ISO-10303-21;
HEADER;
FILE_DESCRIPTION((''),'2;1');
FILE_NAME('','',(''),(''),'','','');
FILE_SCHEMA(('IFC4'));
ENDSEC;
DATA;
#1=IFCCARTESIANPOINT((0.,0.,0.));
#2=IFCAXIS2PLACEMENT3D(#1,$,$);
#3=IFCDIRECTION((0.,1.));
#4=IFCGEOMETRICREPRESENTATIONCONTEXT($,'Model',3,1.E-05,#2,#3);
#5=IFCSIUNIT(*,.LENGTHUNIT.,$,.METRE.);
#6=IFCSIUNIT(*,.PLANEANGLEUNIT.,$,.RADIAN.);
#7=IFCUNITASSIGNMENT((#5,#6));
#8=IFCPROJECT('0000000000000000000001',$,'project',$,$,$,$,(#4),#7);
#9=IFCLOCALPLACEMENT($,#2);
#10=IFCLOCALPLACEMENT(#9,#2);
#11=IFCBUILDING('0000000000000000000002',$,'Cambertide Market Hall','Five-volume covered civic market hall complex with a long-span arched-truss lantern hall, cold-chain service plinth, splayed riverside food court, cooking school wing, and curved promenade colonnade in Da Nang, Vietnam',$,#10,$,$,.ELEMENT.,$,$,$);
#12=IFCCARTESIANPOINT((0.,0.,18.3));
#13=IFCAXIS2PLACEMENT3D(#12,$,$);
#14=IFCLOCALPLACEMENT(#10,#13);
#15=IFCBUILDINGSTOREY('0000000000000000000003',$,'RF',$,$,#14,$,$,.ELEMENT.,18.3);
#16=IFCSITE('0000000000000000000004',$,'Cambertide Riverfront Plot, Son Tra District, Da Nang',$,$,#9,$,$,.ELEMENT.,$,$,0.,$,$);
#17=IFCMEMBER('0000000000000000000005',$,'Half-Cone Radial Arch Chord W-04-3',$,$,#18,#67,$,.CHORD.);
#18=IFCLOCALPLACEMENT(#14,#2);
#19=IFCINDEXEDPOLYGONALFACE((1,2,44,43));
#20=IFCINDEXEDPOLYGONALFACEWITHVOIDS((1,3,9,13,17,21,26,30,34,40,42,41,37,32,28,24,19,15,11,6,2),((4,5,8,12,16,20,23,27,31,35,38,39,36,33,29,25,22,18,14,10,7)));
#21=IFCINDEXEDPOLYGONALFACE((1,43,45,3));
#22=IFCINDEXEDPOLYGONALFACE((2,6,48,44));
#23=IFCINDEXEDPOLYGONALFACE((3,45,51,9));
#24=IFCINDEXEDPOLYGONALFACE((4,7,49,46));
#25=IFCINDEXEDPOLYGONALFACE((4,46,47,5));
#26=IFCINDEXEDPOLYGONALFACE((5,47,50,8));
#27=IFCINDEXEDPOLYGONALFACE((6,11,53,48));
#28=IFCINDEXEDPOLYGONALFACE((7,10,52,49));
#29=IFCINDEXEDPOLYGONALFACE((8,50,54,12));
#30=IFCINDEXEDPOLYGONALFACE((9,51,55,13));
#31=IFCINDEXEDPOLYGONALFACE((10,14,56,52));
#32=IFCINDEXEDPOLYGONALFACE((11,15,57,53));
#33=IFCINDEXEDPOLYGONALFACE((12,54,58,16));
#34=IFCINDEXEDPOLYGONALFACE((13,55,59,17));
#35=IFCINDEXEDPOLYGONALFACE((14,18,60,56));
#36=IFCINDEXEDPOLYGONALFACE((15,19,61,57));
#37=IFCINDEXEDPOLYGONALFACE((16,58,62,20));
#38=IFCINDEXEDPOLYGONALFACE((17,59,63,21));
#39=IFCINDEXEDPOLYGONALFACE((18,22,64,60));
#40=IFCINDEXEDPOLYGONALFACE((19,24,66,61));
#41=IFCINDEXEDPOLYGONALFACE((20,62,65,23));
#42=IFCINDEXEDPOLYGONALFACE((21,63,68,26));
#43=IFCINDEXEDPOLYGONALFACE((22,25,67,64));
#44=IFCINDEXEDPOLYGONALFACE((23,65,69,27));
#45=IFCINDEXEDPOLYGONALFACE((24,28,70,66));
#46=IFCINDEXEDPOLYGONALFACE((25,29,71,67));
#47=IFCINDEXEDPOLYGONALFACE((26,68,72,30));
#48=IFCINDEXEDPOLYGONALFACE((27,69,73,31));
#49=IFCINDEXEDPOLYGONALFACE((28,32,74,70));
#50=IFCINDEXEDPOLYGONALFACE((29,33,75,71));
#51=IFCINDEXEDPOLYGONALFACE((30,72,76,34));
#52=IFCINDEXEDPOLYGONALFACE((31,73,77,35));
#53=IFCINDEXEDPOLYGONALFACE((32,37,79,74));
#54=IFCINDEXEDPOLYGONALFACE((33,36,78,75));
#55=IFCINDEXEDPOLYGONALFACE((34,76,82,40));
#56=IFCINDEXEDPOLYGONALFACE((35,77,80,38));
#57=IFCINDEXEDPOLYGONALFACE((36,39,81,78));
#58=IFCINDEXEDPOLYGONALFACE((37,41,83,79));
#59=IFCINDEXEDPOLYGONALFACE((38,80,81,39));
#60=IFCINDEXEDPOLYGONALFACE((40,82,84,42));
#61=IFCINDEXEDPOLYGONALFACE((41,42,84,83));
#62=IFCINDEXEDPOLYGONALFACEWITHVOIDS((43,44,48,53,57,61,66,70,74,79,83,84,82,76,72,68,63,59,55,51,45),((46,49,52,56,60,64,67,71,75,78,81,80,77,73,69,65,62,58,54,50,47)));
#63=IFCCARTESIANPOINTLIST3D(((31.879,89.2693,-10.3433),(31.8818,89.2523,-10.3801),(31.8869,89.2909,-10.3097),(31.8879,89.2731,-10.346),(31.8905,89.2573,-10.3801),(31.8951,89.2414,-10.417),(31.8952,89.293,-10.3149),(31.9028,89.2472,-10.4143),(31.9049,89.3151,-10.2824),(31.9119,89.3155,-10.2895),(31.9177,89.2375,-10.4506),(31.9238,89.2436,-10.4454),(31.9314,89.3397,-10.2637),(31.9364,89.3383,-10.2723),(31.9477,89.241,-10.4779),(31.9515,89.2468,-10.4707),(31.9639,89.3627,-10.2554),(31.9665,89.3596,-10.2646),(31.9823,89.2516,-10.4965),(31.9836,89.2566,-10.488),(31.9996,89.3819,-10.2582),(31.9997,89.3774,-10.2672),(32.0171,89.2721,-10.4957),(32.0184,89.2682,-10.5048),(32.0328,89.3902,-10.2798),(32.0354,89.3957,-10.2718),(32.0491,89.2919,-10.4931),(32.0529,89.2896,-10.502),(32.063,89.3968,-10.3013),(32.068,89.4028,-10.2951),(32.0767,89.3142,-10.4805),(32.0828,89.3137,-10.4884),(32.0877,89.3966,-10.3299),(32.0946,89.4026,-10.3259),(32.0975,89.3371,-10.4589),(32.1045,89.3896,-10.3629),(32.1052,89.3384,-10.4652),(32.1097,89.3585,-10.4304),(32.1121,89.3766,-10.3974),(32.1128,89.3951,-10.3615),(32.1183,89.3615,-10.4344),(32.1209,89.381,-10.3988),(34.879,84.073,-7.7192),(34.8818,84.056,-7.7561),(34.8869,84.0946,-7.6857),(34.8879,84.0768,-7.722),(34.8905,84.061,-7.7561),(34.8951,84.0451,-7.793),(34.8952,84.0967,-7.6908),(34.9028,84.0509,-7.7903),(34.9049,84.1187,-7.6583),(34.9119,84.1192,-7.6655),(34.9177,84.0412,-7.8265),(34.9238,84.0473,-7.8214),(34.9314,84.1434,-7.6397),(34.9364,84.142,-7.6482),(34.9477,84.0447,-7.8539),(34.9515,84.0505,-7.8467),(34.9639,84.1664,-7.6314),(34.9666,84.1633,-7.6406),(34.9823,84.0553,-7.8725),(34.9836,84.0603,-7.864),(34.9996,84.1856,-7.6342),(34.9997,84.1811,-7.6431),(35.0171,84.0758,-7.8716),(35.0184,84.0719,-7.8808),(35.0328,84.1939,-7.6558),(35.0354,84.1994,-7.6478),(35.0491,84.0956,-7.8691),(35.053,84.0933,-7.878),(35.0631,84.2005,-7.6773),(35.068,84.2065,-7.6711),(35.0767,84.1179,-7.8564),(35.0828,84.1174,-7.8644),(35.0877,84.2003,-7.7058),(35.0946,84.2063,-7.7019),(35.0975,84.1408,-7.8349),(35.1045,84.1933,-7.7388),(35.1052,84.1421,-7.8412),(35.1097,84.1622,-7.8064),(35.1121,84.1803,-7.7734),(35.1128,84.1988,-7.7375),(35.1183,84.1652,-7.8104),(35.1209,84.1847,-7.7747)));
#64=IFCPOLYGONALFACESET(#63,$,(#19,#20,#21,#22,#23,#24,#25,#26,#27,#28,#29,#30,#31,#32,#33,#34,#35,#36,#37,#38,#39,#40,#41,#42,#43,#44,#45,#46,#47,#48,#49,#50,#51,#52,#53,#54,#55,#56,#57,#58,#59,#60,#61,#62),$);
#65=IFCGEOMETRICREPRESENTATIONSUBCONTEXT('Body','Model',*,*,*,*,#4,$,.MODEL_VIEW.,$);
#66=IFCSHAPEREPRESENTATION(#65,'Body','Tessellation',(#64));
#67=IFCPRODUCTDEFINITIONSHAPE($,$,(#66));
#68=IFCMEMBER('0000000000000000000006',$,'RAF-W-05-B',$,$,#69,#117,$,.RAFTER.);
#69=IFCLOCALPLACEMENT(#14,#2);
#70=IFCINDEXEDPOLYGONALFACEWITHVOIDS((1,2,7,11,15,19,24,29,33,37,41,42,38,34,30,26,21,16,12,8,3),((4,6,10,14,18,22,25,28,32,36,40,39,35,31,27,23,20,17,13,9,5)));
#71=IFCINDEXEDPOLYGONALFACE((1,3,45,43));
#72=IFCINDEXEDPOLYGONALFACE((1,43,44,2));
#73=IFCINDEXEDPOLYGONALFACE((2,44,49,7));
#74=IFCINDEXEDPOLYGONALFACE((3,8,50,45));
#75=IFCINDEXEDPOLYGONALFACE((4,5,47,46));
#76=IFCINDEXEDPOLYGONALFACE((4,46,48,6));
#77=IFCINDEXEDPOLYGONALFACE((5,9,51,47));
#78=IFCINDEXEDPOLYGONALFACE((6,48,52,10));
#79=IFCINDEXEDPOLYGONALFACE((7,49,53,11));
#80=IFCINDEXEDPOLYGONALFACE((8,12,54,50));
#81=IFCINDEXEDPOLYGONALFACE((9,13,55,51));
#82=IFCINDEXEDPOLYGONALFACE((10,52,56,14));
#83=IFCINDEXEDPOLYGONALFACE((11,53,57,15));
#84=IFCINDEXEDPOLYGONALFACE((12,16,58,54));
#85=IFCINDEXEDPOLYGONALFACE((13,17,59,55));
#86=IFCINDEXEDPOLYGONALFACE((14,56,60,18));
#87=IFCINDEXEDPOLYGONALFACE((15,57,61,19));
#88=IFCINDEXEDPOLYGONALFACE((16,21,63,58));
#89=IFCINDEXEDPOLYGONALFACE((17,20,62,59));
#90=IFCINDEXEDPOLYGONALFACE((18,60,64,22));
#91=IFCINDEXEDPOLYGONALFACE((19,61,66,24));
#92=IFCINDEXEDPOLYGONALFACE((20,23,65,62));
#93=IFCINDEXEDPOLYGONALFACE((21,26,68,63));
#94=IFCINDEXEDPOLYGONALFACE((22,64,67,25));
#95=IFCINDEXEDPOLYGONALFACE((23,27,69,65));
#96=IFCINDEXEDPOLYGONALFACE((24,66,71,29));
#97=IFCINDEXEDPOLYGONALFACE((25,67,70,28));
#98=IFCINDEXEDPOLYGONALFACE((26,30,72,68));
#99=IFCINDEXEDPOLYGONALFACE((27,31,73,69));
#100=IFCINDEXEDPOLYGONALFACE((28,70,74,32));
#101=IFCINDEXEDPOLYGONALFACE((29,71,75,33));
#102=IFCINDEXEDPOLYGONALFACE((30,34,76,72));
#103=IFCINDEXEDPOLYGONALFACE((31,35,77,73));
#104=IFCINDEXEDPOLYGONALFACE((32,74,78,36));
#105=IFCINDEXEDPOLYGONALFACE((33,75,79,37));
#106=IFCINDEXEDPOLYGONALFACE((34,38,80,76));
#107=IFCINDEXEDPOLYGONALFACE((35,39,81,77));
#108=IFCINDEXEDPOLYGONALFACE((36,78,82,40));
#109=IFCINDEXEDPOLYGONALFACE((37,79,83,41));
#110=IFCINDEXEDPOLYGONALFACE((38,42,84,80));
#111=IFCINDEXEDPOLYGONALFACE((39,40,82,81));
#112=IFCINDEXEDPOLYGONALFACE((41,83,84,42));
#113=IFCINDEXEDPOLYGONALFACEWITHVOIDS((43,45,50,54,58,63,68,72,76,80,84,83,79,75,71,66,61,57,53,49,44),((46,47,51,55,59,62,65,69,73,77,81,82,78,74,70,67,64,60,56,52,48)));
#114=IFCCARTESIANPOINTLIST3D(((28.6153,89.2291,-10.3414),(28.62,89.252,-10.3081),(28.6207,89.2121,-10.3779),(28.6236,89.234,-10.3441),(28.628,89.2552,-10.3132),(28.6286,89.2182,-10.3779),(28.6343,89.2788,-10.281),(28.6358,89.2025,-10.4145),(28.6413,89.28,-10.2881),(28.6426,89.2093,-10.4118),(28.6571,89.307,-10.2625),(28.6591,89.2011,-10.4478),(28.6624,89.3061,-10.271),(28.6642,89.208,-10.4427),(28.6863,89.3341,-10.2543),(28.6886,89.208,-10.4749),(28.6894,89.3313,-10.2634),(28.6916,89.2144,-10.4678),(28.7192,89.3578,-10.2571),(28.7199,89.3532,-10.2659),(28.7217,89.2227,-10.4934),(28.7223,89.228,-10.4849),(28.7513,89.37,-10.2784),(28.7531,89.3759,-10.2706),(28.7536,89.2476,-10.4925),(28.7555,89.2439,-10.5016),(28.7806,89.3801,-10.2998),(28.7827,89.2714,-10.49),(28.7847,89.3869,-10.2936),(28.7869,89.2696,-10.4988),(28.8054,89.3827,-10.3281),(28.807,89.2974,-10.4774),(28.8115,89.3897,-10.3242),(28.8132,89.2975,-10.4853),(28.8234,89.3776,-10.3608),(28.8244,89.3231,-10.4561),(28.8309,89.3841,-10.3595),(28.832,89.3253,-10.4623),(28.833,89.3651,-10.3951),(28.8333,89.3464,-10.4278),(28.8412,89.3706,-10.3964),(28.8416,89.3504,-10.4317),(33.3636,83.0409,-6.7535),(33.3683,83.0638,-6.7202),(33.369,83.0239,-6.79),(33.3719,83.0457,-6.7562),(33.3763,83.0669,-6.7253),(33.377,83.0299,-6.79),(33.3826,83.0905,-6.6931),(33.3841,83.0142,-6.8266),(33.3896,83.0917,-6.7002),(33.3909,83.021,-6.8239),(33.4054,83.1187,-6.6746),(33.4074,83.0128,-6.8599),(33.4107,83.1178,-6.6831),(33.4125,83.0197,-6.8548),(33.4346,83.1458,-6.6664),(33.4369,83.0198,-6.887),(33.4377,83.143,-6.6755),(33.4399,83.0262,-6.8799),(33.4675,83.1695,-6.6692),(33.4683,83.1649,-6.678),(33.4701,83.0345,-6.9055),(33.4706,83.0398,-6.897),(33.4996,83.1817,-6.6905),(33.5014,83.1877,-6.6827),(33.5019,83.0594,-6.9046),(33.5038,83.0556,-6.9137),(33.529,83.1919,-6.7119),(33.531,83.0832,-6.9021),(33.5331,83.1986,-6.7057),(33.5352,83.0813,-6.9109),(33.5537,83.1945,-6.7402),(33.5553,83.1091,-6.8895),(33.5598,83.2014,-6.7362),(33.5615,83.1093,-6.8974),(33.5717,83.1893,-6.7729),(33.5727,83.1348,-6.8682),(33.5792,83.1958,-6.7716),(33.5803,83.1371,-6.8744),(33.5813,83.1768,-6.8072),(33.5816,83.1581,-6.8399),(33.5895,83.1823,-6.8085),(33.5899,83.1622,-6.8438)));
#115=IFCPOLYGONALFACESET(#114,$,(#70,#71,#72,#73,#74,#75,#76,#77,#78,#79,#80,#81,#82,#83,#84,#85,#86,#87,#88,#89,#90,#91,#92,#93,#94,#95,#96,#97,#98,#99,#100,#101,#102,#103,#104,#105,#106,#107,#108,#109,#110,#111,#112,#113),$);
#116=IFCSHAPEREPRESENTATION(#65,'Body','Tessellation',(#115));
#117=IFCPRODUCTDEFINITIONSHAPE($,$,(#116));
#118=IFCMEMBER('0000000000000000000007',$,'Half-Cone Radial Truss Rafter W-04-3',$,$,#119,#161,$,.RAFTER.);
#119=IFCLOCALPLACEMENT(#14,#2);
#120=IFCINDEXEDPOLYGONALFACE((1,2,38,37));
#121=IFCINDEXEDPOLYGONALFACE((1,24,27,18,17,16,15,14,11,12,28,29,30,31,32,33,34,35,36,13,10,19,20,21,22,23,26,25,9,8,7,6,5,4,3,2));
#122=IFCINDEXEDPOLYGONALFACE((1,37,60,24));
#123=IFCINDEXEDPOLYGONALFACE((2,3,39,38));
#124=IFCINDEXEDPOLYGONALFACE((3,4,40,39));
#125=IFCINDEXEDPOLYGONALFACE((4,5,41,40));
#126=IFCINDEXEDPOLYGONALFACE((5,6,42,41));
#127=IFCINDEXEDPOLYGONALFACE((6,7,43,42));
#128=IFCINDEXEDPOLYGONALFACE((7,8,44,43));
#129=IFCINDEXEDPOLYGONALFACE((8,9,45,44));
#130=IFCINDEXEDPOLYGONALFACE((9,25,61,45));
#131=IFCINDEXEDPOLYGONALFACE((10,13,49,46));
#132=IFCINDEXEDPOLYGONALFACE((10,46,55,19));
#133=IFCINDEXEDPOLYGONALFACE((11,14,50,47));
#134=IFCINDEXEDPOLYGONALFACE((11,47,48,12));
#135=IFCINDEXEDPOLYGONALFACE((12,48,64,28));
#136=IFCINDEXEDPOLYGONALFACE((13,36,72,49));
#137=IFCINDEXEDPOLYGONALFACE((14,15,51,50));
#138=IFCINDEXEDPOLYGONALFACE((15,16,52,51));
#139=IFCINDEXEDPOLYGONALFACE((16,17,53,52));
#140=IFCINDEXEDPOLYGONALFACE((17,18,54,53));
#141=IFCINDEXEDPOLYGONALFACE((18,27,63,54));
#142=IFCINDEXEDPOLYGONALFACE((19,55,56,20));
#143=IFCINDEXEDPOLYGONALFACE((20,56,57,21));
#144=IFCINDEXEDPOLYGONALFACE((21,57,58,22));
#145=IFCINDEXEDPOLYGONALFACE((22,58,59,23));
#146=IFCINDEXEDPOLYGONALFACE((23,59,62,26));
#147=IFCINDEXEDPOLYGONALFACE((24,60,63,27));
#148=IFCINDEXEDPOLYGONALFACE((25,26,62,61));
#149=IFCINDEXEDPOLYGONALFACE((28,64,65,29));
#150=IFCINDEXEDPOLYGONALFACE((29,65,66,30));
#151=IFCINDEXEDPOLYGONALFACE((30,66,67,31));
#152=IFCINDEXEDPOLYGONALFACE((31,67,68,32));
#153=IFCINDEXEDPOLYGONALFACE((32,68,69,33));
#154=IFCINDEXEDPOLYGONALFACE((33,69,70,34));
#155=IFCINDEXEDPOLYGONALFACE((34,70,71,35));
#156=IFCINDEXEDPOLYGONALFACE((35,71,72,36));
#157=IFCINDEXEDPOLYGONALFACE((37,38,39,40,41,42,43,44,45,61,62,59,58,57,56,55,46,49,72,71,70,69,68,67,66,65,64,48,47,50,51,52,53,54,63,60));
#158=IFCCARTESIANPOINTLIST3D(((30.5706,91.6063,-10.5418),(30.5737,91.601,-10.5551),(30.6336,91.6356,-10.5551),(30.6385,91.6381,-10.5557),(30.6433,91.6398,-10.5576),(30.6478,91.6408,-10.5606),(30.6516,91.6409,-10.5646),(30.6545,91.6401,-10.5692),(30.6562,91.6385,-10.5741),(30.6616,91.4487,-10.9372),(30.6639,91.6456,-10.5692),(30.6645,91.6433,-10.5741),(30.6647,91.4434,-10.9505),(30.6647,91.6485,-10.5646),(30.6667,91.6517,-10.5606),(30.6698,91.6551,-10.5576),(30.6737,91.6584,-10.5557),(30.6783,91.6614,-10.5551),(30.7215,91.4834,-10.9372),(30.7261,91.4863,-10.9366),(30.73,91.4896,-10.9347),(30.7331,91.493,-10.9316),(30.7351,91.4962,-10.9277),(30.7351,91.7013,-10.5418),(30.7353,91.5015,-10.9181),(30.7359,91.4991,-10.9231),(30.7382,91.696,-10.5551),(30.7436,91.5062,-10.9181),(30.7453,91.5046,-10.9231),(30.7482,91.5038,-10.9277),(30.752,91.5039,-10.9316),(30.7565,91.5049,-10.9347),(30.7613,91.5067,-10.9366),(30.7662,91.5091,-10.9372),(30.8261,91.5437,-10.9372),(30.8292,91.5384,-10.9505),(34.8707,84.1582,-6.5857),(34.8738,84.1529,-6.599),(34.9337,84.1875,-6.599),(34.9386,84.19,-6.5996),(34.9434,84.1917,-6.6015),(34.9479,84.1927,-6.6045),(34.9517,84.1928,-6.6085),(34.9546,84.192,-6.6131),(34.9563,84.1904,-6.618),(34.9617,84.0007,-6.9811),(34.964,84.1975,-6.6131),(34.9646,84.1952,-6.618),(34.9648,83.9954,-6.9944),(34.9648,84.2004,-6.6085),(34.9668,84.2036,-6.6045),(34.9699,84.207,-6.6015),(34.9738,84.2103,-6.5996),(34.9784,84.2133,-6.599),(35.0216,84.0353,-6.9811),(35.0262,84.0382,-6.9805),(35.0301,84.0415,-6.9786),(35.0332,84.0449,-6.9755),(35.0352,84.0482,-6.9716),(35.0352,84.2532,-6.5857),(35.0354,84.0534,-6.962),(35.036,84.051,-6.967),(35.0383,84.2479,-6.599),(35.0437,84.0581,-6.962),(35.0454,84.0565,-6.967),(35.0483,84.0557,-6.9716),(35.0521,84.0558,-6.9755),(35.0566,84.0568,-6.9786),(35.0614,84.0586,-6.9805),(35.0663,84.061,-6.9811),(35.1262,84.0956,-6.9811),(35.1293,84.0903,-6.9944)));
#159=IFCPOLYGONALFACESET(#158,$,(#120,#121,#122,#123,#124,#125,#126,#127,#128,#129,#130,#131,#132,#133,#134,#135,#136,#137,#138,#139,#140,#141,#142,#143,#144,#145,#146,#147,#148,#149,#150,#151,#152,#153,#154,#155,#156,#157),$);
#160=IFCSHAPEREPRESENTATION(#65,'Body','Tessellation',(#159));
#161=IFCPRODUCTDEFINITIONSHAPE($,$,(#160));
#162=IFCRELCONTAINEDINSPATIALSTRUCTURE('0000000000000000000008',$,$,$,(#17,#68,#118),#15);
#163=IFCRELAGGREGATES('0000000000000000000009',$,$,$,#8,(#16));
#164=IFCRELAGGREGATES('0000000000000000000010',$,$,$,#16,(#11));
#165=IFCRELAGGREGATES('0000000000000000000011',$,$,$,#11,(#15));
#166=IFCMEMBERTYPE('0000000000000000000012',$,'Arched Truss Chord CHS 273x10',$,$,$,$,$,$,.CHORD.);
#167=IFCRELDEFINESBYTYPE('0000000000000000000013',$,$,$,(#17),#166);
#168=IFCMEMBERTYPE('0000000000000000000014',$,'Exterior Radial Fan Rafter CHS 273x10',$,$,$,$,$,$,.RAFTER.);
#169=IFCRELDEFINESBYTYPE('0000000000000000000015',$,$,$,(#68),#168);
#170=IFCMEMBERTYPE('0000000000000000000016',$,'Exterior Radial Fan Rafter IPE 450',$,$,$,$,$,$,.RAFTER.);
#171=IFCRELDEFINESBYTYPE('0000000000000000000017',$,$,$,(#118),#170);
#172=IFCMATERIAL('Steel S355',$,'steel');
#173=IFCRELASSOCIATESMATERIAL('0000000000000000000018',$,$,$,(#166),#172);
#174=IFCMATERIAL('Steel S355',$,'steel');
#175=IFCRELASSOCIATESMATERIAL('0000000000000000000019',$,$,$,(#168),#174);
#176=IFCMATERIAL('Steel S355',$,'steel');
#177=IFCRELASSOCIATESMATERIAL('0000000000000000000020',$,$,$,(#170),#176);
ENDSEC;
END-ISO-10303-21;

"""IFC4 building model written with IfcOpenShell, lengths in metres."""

from ifc_helpers import new_model, si_unit, direction, frame, origin, origin_2d, place, context, subcontext, project, spatial, hollow_circle, i_section, extrude, material, material_profile, profile_set, type_object, element, save


model = new_model("IFC4")

# Units and contexts
model_context = context("Model", 3, precision=1e-05, world=origin(), true_north=direction((0.0, 1.0)))
body_context = subcontext(model_context, "Body", "Model", "MODEL_VIEW")
ifc_project = project(units=[si_unit("LENGTHUNIT", "METRE"), si_unit("PLANEANGLEUNIT", "RADIAN")], contexts=[model_context])

# Site, building, storey
site_placement = place(None, origin())
site = spatial("IfcSite", under=ifc_project, at=site_placement, Name="Cambertide Riverfront Plot, Son Tra District, Da Nang", CompositionType="ELEMENT", RefElevation=0.0)
building_placement = place(site_placement, origin())
building = spatial("IfcBuilding", under=site, at=building_placement, Name="Cambertide Market Hall", Description="Five-volume covered civic market hall complex with a long-span arched-truss lantern hall, cold-chain service plinth, splayed riverside food court, cooking school wing, and curved promenade colonnade in Da Nang, Vietnam", CompositionType="ELEMENT")
storey_placement = place(building_placement, frame((0.0, 0.0, 18.3)))
storey = spatial("IfcBuildingStorey", under=building, at=storey_placement, Name="RF", CompositionType="ELEMENT", Elevation=18.3)

# Members
ifc_material_1 = material(Name="Steel S355", Category="steel")
ifc_material_profile_1 = material_profile(ifc_material_1, hollow_circle(Radius=0.1365, WallThickness=0.01, at=origin_2d()), Name="CHS 273x10")
ifc_profile_set_1 = profile_set([ifc_material_profile_1], Name="Steel S355")
member_type_1 = type_object("IfcMemberType", Name="Arched Truss Chord CHS 273x10", PredefinedType="CHORD", material=ifc_profile_set_1)
member_1_placement = place(storey_placement, frame((35.0, 84.1243, -7.7561), z_axis=(-0.458098, 0.793471, -0.400687), x_axis=(-0.866031, -0.49999, 0.0)))
element("IfcMember", 1, at=member_1_placement, inside=storey, type_object=member_type_1, Name="Half-Cone Radial Arch Chord W-04-3", PredefinedType="CHORD", context=body_context, shape_type="SweptSolid", body=[
    extrude(hollow_circle(Radius=0.1365, WallThickness=0.01, at=origin_2d()), origin(), (0.0, 0.0, 1.0), 6.5488),
])
ifc_material_2 = material(Name="Steel S355", Category="steel")
ifc_material_profile_2 = material_profile(ifc_material_2, hollow_circle(Radius=0.1365, WallThickness=0.01, at=origin_2d()), Name="CHS 273x10")
ifc_profile_set_2 = profile_set([ifc_material_profile_2], Name="Steel S355")
member_type_2 = type_object("IfcMemberType", Name="Exterior Radial Fan Rafter CHS 273x10", PredefinedType="RAFTER", material=ifc_profile_set_2)
member_2_placement = place(storey_placement, frame((33.4773, 83.1069, -6.79), z_axis=(-0.553049, 0.720764, -0.417894), x_axis=(-0.79336, -0.608753, 0.0)))
element("IfcMember", 2, at=member_2_placement, inside=storey, type_object=member_type_2, Name="RAF-W-05-B", PredefinedType="RAFTER", context=body_context, shape_type="SweptSolid", body=[
    extrude(hollow_circle(Radius=0.1365, WallThickness=0.01, at=origin_2d()), origin(), (0.0, 0.0, 1.0), 8.5857),
])
ifc_material_3 = material(Name="Steel S355", Category="steel")
ifc_material_profile_3 = material_profile(ifc_material_3, i_section(OverallWidth=0.1899, OverallDepth=0.45, WebThickness=0.0095, FlangeThickness=0.0146, FilletRadius=0.021, at=origin_2d()), Name="IPE 450")
ifc_profile_set_3 = profile_set([ifc_material_profile_3], Name="Steel S355")
member_type_3 = type_object("IfcMemberType", Name="Exterior Radial Fan Rafter IPE 450", PredefinedType="RAFTER", material=ifc_profile_set_3)
member_3_placement = place(storey_placement, frame((35.0, 84.1243, -6.79), z_axis=(-0.454241, 0.786779, -0.417903), x_axis=(-0.866028, -0.499995, 0.0)))
element("IfcMember", 3, at=member_3_placement, inside=storey, type_object=member_type_3, Name="Half-Cone Radial Truss Rafter W-04-3", PredefinedType="RAFTER", context=body_context, shape_type="SweptSolid", body=[
    extrude(i_section(OverallWidth=0.1899, OverallDepth=0.45, WebThickness=0.0095, FlangeThickness=0.0146, FilletRadius=0.021, at=origin_2d()), origin(), (0.0, 0.0, 1.0), 9.4666),
])

save(model, "model.ifc")
